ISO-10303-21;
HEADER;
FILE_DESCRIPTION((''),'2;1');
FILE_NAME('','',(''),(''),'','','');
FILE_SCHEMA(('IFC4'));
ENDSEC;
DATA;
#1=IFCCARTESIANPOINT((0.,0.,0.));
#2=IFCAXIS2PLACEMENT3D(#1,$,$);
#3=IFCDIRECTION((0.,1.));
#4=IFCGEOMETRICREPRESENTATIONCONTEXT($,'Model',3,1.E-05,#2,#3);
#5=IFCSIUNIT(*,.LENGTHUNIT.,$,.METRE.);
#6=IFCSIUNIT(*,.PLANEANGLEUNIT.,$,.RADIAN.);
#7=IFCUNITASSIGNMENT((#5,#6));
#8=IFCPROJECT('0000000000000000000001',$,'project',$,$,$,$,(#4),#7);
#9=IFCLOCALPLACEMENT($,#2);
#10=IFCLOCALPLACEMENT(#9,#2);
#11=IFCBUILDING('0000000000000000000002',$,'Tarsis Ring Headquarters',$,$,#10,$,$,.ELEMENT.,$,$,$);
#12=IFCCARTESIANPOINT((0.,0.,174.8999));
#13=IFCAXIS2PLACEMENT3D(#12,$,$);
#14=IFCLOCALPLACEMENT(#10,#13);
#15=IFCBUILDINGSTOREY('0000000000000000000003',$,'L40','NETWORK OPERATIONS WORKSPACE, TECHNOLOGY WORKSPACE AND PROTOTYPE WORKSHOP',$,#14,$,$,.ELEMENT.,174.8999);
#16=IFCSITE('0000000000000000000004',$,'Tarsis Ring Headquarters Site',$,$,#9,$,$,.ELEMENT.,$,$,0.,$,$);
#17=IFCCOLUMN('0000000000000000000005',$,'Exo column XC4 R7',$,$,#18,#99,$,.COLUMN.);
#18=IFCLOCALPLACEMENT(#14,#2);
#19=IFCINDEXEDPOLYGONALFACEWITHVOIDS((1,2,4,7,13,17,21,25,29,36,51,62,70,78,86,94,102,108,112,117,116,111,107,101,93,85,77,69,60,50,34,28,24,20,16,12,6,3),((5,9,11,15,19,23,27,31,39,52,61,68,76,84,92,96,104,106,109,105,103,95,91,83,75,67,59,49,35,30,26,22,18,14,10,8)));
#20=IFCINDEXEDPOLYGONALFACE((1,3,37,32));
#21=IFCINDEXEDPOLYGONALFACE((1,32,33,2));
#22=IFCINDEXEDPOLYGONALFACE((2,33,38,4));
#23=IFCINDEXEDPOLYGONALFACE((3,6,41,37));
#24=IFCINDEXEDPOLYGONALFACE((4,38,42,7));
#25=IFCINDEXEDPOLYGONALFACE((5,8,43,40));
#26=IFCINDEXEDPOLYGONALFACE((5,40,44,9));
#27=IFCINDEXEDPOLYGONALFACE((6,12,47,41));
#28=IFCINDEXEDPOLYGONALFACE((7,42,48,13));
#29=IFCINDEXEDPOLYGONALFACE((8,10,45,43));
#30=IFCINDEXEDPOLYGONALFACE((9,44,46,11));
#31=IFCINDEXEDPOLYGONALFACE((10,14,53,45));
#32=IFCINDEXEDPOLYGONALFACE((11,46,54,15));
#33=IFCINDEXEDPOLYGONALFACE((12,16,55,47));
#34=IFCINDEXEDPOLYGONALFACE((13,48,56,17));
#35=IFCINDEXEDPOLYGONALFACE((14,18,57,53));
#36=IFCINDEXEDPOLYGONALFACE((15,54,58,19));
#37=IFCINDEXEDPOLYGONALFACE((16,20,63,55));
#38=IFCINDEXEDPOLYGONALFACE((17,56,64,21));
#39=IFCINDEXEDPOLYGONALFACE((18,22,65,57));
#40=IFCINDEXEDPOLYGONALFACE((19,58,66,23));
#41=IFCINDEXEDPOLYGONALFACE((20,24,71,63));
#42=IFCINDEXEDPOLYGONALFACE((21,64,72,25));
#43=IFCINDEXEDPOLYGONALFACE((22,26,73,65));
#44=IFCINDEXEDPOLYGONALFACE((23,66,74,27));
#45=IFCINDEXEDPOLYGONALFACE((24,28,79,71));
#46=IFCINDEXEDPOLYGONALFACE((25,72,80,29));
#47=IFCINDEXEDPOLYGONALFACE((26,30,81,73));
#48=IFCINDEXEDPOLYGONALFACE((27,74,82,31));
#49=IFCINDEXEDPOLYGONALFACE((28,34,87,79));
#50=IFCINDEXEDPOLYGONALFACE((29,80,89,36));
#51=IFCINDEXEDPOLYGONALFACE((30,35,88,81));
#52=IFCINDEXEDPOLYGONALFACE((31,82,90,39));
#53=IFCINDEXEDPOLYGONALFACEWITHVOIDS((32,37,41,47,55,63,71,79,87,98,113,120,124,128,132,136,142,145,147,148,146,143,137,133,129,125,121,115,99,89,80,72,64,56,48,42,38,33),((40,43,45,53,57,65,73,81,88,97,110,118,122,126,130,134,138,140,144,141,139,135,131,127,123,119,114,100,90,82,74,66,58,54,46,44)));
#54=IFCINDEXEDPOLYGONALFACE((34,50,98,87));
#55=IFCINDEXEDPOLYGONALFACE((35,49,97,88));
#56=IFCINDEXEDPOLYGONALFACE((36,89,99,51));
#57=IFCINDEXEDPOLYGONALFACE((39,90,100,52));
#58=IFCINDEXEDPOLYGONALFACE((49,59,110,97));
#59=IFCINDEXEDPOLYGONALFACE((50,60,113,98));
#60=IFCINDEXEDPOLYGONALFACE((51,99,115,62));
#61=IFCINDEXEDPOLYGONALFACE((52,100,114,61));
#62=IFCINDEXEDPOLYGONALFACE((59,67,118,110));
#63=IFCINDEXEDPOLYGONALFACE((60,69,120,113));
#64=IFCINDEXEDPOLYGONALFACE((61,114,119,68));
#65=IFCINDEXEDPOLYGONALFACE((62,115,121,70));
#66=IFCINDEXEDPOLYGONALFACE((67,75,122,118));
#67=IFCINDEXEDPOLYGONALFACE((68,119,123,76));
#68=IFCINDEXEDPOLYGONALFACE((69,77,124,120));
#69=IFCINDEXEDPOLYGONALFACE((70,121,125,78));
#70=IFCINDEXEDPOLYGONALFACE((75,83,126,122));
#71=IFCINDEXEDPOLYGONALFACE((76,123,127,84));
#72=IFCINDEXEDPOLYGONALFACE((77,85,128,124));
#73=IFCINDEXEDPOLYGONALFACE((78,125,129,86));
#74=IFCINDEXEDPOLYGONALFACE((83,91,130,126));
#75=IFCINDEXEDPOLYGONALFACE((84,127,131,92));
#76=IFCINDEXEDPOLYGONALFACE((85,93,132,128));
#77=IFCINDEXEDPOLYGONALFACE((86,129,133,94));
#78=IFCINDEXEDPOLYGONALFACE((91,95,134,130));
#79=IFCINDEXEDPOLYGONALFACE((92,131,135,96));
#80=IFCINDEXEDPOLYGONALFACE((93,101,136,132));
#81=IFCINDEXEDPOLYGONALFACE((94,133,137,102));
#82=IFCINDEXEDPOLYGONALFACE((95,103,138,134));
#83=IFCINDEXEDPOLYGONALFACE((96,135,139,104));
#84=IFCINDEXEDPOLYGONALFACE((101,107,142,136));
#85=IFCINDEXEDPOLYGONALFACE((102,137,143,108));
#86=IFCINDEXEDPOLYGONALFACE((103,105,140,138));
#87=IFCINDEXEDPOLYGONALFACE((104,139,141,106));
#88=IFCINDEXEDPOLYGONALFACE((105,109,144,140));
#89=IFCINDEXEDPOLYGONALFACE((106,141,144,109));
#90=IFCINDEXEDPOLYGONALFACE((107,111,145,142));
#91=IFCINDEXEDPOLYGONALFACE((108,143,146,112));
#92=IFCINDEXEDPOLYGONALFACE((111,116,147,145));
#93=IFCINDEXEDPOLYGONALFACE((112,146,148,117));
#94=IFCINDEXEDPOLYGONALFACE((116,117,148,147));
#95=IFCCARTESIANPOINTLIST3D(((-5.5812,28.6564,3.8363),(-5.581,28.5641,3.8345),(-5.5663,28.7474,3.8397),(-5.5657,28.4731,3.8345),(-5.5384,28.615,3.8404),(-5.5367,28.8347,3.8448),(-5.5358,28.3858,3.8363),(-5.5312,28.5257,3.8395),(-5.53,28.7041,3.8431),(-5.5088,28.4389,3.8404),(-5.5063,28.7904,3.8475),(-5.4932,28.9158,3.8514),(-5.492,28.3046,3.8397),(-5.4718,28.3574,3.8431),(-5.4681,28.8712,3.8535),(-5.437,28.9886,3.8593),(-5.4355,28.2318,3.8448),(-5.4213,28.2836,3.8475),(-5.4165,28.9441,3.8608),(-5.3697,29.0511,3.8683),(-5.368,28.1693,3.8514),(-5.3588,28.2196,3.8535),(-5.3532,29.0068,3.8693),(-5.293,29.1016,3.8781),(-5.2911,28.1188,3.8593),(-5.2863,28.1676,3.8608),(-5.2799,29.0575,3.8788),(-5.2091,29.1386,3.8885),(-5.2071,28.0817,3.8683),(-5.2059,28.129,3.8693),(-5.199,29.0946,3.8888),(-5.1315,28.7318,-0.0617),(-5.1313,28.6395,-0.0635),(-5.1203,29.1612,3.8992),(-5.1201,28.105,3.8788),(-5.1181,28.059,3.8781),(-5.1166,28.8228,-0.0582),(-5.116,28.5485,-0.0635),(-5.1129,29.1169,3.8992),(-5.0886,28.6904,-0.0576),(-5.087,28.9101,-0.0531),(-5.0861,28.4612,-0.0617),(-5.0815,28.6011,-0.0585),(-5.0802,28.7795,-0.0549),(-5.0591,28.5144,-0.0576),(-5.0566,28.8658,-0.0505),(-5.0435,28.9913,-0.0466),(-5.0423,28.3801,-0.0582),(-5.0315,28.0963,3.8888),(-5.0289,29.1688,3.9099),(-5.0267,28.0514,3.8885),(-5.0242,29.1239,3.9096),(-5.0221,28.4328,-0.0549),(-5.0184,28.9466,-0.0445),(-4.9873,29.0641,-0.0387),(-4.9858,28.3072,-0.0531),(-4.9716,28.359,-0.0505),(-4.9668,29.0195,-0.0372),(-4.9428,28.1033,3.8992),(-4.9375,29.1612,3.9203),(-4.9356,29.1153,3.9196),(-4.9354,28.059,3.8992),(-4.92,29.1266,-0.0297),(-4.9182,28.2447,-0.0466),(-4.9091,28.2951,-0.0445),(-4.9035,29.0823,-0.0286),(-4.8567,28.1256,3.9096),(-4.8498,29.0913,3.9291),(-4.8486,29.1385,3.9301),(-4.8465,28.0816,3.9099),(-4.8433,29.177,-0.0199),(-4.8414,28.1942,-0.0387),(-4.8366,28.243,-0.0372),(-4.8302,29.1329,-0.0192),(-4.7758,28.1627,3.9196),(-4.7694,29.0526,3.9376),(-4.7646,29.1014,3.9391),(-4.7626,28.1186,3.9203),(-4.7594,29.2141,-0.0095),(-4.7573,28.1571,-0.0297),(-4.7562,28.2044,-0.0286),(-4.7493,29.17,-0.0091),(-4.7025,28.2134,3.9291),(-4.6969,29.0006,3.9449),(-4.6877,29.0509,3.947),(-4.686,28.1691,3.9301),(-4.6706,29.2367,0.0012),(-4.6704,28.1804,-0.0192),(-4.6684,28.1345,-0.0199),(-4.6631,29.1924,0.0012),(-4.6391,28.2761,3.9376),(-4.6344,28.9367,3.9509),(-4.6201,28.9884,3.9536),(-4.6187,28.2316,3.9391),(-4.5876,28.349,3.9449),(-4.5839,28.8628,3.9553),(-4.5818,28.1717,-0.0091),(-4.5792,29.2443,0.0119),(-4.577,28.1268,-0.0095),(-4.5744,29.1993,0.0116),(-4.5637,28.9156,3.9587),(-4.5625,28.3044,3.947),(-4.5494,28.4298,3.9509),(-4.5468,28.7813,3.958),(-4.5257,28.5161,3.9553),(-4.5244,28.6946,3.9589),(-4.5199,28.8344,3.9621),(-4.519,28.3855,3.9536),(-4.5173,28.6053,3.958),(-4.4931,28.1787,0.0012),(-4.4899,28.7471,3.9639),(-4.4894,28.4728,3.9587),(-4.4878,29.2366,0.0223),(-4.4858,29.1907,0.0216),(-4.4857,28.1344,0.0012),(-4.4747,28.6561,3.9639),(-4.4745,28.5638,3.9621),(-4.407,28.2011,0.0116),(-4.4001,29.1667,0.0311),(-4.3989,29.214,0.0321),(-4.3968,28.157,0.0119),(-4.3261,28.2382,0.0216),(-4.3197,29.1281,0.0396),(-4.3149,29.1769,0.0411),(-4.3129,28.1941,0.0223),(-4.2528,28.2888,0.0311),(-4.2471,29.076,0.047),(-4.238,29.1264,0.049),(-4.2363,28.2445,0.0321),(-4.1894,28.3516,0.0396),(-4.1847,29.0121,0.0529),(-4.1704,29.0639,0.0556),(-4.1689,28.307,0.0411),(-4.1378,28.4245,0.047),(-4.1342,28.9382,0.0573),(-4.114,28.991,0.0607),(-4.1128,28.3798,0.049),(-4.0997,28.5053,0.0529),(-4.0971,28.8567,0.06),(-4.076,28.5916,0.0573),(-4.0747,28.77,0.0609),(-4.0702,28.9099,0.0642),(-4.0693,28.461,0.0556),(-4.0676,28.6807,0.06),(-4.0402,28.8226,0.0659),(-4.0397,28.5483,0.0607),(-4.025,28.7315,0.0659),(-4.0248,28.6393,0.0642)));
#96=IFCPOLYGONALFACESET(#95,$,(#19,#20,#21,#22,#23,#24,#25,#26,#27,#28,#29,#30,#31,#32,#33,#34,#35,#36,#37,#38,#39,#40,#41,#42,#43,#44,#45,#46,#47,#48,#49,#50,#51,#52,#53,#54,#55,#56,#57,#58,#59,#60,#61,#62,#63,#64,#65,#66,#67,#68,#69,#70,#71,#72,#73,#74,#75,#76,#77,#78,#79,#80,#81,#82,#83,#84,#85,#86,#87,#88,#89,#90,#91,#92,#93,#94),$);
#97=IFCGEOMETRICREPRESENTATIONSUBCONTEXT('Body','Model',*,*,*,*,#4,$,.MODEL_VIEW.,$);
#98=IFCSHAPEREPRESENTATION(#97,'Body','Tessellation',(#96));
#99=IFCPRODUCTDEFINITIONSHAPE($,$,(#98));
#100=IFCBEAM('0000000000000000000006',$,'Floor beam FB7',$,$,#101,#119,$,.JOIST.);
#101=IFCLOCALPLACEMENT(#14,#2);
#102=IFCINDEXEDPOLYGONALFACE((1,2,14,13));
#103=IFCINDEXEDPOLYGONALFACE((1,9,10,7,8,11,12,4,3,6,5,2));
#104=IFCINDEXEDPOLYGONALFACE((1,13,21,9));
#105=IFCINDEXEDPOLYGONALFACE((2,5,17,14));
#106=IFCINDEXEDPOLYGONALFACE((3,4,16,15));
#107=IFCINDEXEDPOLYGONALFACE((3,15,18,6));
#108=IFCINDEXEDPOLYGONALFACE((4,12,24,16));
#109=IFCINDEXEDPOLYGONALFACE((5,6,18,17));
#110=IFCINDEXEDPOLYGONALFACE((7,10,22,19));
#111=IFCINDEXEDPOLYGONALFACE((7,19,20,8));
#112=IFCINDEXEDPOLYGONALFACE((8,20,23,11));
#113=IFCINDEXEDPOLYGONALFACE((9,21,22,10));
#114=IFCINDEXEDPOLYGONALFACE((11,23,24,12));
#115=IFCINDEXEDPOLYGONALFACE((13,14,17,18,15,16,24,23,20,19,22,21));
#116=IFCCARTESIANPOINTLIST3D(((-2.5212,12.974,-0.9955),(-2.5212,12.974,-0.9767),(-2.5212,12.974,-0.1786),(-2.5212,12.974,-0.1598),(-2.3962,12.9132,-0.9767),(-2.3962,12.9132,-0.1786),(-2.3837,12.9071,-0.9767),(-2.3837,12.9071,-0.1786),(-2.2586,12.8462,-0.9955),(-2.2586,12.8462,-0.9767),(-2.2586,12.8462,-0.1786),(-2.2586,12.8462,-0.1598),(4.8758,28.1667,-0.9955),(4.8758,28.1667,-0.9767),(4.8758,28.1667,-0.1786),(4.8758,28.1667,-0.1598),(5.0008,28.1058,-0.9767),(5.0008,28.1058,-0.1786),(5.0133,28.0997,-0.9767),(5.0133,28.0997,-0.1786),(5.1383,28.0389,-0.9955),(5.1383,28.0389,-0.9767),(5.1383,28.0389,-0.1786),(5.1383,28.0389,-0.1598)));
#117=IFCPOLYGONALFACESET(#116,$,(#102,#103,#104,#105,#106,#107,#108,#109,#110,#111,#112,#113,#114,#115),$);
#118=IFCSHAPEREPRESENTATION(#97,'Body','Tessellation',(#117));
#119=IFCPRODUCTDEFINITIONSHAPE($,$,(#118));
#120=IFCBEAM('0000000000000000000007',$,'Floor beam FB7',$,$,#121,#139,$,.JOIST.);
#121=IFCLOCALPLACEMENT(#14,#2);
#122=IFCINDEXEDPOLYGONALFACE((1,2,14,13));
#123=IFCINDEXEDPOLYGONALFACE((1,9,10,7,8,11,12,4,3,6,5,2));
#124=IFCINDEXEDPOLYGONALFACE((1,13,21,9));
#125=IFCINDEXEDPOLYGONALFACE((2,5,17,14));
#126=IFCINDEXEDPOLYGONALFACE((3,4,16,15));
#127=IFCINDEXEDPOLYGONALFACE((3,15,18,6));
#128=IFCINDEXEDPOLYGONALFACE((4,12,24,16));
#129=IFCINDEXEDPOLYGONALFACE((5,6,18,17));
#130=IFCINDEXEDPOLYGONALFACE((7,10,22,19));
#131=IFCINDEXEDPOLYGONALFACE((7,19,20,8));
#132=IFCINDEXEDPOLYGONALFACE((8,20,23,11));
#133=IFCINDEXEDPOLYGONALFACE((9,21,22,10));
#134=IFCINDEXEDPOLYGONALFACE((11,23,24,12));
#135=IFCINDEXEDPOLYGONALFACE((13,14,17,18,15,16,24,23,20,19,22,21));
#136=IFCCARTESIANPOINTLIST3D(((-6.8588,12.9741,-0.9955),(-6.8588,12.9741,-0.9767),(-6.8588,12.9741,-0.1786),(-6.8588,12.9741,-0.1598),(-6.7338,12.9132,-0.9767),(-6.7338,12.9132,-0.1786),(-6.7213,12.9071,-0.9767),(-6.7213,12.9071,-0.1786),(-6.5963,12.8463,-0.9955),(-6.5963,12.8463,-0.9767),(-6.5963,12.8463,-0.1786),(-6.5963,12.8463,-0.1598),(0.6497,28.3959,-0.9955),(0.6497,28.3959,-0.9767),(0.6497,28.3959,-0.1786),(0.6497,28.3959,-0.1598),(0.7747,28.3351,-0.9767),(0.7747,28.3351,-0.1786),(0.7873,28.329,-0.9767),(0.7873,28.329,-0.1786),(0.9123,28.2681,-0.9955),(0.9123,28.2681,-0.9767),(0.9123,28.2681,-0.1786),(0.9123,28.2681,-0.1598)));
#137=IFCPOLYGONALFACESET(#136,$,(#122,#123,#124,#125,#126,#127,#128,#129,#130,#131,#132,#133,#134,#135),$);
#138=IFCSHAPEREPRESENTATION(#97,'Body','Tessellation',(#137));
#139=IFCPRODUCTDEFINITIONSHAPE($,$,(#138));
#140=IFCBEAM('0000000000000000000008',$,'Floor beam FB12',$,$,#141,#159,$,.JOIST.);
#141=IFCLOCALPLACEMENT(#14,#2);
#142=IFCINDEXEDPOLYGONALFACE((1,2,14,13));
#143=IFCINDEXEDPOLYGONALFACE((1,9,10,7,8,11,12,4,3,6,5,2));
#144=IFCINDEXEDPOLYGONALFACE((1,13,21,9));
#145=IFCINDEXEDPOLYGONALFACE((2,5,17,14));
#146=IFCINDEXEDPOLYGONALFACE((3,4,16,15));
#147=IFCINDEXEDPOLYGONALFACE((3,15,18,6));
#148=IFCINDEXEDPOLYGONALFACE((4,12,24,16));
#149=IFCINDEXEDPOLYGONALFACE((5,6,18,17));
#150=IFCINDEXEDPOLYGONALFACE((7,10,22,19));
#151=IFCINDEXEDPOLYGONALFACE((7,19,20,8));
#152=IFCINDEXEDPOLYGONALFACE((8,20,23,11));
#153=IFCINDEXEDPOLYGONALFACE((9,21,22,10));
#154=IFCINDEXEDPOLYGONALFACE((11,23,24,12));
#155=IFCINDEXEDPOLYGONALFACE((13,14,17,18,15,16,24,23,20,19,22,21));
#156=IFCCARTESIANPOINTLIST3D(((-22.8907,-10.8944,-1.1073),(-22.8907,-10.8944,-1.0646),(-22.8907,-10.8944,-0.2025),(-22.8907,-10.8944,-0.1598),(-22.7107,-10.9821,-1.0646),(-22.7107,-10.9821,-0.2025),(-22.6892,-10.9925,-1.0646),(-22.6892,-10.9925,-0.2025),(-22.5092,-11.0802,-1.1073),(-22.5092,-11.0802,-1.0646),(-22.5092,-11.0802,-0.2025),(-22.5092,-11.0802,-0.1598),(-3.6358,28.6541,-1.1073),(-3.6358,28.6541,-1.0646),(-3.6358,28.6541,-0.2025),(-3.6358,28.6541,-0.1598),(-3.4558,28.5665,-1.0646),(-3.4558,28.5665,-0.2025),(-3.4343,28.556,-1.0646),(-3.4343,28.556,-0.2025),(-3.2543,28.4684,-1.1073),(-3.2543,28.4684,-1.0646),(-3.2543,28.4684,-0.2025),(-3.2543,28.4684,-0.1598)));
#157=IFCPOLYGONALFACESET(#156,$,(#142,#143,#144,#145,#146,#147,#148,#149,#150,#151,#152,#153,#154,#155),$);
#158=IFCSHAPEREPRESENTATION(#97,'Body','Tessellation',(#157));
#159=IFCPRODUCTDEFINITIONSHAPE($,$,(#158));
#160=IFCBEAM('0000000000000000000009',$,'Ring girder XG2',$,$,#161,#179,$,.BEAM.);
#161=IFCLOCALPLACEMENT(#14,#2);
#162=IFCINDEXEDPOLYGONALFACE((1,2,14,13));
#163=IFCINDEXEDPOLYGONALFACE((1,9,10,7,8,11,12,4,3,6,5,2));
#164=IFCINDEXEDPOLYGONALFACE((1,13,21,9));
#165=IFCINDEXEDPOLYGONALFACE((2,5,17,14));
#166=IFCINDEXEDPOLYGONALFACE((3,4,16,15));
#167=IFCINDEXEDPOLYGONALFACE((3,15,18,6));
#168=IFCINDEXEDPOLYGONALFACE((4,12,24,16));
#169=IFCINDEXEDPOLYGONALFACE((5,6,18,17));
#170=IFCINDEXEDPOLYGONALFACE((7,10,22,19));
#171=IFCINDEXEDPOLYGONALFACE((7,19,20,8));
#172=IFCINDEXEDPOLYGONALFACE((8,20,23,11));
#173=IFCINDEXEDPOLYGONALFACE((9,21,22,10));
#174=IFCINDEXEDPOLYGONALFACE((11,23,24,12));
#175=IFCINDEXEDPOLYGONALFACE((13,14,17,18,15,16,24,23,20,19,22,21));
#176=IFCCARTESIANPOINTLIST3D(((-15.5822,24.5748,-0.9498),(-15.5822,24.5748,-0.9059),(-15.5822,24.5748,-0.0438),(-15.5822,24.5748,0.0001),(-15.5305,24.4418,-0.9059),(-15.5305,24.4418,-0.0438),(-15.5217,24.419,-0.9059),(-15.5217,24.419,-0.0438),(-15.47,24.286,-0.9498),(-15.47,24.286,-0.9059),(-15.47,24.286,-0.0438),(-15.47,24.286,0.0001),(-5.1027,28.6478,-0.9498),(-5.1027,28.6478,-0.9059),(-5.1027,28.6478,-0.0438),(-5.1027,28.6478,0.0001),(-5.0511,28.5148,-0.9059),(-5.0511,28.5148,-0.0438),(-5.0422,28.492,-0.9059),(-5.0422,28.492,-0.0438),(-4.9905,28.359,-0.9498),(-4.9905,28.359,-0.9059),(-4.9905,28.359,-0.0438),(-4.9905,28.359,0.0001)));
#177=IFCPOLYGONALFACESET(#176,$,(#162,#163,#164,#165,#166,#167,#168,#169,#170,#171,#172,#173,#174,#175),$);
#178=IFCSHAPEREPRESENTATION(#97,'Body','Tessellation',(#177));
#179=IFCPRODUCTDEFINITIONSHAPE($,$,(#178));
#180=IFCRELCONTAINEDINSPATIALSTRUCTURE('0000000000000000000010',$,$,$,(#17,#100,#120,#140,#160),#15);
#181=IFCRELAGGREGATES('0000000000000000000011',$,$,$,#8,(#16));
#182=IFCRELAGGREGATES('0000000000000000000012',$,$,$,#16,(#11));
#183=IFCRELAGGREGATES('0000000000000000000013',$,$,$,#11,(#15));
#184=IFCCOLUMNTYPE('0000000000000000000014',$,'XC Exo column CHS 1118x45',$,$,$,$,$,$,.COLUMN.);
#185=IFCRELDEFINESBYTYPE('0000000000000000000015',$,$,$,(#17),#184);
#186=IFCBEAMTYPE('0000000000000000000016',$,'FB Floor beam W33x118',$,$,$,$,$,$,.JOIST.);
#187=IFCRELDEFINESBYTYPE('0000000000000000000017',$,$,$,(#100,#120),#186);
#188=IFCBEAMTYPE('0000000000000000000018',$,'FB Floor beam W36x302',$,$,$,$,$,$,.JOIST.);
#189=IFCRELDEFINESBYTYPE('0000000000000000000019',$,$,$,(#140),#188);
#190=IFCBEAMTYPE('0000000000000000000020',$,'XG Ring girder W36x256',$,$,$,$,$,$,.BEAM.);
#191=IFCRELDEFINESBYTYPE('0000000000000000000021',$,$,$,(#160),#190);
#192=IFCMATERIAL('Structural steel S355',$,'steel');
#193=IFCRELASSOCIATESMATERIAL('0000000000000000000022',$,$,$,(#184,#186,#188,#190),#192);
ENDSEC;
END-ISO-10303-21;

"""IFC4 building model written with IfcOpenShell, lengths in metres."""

from ifc_helpers import new_model, si_unit, direction, frame, origin, origin_2d, place, context, subcontext, project, spatial, hollow_circle, i_section, extrude, material, material_profile, profile_set, type_object, element, save


model = new_model("IFC4")

# Units and contexts
model_context = context("Model", 3, precision=1e-05, world=origin(), true_north=direction((0.0, 1.0)))
body_context = subcontext(model_context, "Body", "Model", "MODEL_VIEW")
ifc_project = project(units=[si_unit("LENGTHUNIT", "METRE"), si_unit("PLANEANGLEUNIT", "RADIAN")], contexts=[model_context])

# Site, building, storey
site_placement = place(None, origin())
site = spatial("IfcSite", under=ifc_project, at=site_placement, Name="Tarsis Ring Headquarters Site", CompositionType="ELEMENT", RefElevation=0.0)
building_placement = place(site_placement, origin())
building = spatial("IfcBuilding", under=site, at=building_placement, Name="Tarsis Ring Headquarters", CompositionType="ELEMENT")
storey_placement = place(building_placement, frame((0.0, 0.0, 174.8999)))
storey = spatial("IfcBuildingStorey", under=building, at=storey_placement, Name="L40", Description="NETWORK OPERATIONS WORKSPACE, TECHNOLOGY WORKSPACE AND PROTOTYPE WORKSHOP", CompositionType="ELEMENT", Elevation=174.8999)

# Column
ifc_material_1 = material(Name="Structural steel S355", Category="steel")
ifc_material_profile_1 = material_profile(ifc_material_1, hollow_circle(Radius=0.5588, WallThickness=0.0449, at=origin_2d()), Name="CHS 1118x45")
ifc_profile_set_1 = profile_set([ifc_material_profile_1], Name="Structural steel S355")
column_type = type_object("IfcColumnType", Name="XC Exo column CHS 1118x45", PredefinedType="COLUMN", material=ifc_profile_set_1)
column_placement = place(storey_placement, frame((-4.5781, 28.6855, 0.0012), z_axis=(-0.114589, -0.019223, 0.993227), x_axis=(0.165441, -0.98622, 0.0)))
element("IfcColumn", 1, at=column_placement, inside=storey, type_object=column_type, Name="Exo column XC4 R7", PredefinedType="COLUMN", context=body_context, shape_type="SweptSolid", body=[
    extrude(hollow_circle(Radius=0.5588, WallThickness=0.0449, at=origin_2d()), origin(), (0.0, 0.0, 1.0), 3.9246),
])

# Beams
ifc_material_profile_2 = material_profile(ifc_material_1, i_section(OverallWidth=0.292, OverallDepth=0.8357, WebThickness=0.0139, FlangeThickness=0.0188, at=origin_2d()), Name="W33x118")
ifc_profile_set_2 = profile_set([ifc_material_profile_2], Name="Structural steel S355")
beam_type_1 = type_object("IfcBeamType", Name="FB Floor beam W33x118", PredefinedType="JOIST", material=ifc_profile_set_2)
beam_1_placement = place(storey_placement, frame((5.0071, 28.1028, -0.5776), z_axis=(-0.437751, -0.899096, 0.0), x_axis=(0.899096, -0.437751, 0.0)))
element("IfcBeam", 2, at=beam_1_placement, inside=storey, type_object=beam_type_1, Name="Floor beam FB7", PredefinedType="JOIST", context=body_context, shape_type="SweptSolid", body=[
    extrude(i_section(OverallWidth=0.292, OverallDepth=0.8357, WebThickness=0.0139, FlangeThickness=0.0188, at=origin_2d()), origin(), (0.0, 0.0, 1.0), 16.8977),
])
beam_2_placement = place(storey_placement, frame((0.781, 28.332, -0.5776), z_axis=(-0.437749, -0.899097, 0.0), x_axis=(0.899097, -0.437749, 0.0)))
element("IfcBeam", 3, at=beam_2_placement, inside=storey, type_object=beam_type_1, Name="Floor beam FB7", PredefinedType="JOIST", context=body_context, shape_type="SweptSolid", body=[
    extrude(i_section(OverallWidth=0.292, OverallDepth=0.8357, WebThickness=0.0139, FlangeThickness=0.0188, at=origin_2d()), origin(), (0.0, 0.0, 1.0), 17.1526),
])
ifc_material_profile_3 = material_profile(ifc_material_1, i_section(OverallWidth=0.4243, OverallDepth=0.9475, WebThickness=0.0239, FlangeThickness=0.0427, at=origin_2d()), Name="W36x302")
ifc_profile_set_3 = profile_set([ifc_material_profile_3], Name="Structural steel S355")
beam_type_2 = type_object("IfcBeamType", Name="FB Floor beam W36x302", PredefinedType="JOIST", material=ifc_profile_set_3)
beam_3_placement = place(storey_placement, frame((-3.4451, 28.5613, -0.6335), z_axis=(-0.437742, -0.899101, 0.0), x_axis=(0.899101, -0.437742, 0.0)))
element("IfcBeam", 4, at=beam_3_placement, inside=storey, type_object=beam_type_2, Name="Floor beam FB12", PredefinedType="JOIST", context=body_context, shape_type="SweptSolid", body=[
    extrude(i_section(OverallWidth=0.4243, OverallDepth=0.9475, WebThickness=0.0239, FlangeThickness=0.0427, at=origin_2d()), origin(), (0.0, 0.0, 1.0), 43.9868),
])
ifc_material_profile_4 = material_profile(ifc_material_1, i_section(OverallWidth=0.3098, OverallDepth=0.95, WebThickness=0.0244, FlangeThickness=0.0439, at=origin_2d()), Name="W36x256")
ifc_profile_set_4 = profile_set([ifc_material_profile_4], Name="Structural steel S355")
beam_type_3 = type_object("IfcBeamType", Name="XG Ring girder W36x256", PredefinedType="BEAM", material=ifc_profile_set_4)
beam_4_placement = place(storey_placement, frame((-5.0466, 28.5034, -0.4749), z_axis=(-0.932076, -0.362264, 0.0), x_axis=(0.362264, -0.932076, 0.0)))
element("IfcBeam", 5, at=beam_4_placement, inside=storey, type_object=beam_type_3, Name="Ring girder XG2", PredefinedType="BEAM", context=body_context, shape_type="SweptSolid", body=[
    extrude(i_section(OverallWidth=0.3098, OverallDepth=0.95, WebThickness=0.0244, FlangeThickness=0.0439, at=origin_2d()), origin(), (0.0, 0.0, 1.0), 11.2432),
])

save(model, "model.ifc")
